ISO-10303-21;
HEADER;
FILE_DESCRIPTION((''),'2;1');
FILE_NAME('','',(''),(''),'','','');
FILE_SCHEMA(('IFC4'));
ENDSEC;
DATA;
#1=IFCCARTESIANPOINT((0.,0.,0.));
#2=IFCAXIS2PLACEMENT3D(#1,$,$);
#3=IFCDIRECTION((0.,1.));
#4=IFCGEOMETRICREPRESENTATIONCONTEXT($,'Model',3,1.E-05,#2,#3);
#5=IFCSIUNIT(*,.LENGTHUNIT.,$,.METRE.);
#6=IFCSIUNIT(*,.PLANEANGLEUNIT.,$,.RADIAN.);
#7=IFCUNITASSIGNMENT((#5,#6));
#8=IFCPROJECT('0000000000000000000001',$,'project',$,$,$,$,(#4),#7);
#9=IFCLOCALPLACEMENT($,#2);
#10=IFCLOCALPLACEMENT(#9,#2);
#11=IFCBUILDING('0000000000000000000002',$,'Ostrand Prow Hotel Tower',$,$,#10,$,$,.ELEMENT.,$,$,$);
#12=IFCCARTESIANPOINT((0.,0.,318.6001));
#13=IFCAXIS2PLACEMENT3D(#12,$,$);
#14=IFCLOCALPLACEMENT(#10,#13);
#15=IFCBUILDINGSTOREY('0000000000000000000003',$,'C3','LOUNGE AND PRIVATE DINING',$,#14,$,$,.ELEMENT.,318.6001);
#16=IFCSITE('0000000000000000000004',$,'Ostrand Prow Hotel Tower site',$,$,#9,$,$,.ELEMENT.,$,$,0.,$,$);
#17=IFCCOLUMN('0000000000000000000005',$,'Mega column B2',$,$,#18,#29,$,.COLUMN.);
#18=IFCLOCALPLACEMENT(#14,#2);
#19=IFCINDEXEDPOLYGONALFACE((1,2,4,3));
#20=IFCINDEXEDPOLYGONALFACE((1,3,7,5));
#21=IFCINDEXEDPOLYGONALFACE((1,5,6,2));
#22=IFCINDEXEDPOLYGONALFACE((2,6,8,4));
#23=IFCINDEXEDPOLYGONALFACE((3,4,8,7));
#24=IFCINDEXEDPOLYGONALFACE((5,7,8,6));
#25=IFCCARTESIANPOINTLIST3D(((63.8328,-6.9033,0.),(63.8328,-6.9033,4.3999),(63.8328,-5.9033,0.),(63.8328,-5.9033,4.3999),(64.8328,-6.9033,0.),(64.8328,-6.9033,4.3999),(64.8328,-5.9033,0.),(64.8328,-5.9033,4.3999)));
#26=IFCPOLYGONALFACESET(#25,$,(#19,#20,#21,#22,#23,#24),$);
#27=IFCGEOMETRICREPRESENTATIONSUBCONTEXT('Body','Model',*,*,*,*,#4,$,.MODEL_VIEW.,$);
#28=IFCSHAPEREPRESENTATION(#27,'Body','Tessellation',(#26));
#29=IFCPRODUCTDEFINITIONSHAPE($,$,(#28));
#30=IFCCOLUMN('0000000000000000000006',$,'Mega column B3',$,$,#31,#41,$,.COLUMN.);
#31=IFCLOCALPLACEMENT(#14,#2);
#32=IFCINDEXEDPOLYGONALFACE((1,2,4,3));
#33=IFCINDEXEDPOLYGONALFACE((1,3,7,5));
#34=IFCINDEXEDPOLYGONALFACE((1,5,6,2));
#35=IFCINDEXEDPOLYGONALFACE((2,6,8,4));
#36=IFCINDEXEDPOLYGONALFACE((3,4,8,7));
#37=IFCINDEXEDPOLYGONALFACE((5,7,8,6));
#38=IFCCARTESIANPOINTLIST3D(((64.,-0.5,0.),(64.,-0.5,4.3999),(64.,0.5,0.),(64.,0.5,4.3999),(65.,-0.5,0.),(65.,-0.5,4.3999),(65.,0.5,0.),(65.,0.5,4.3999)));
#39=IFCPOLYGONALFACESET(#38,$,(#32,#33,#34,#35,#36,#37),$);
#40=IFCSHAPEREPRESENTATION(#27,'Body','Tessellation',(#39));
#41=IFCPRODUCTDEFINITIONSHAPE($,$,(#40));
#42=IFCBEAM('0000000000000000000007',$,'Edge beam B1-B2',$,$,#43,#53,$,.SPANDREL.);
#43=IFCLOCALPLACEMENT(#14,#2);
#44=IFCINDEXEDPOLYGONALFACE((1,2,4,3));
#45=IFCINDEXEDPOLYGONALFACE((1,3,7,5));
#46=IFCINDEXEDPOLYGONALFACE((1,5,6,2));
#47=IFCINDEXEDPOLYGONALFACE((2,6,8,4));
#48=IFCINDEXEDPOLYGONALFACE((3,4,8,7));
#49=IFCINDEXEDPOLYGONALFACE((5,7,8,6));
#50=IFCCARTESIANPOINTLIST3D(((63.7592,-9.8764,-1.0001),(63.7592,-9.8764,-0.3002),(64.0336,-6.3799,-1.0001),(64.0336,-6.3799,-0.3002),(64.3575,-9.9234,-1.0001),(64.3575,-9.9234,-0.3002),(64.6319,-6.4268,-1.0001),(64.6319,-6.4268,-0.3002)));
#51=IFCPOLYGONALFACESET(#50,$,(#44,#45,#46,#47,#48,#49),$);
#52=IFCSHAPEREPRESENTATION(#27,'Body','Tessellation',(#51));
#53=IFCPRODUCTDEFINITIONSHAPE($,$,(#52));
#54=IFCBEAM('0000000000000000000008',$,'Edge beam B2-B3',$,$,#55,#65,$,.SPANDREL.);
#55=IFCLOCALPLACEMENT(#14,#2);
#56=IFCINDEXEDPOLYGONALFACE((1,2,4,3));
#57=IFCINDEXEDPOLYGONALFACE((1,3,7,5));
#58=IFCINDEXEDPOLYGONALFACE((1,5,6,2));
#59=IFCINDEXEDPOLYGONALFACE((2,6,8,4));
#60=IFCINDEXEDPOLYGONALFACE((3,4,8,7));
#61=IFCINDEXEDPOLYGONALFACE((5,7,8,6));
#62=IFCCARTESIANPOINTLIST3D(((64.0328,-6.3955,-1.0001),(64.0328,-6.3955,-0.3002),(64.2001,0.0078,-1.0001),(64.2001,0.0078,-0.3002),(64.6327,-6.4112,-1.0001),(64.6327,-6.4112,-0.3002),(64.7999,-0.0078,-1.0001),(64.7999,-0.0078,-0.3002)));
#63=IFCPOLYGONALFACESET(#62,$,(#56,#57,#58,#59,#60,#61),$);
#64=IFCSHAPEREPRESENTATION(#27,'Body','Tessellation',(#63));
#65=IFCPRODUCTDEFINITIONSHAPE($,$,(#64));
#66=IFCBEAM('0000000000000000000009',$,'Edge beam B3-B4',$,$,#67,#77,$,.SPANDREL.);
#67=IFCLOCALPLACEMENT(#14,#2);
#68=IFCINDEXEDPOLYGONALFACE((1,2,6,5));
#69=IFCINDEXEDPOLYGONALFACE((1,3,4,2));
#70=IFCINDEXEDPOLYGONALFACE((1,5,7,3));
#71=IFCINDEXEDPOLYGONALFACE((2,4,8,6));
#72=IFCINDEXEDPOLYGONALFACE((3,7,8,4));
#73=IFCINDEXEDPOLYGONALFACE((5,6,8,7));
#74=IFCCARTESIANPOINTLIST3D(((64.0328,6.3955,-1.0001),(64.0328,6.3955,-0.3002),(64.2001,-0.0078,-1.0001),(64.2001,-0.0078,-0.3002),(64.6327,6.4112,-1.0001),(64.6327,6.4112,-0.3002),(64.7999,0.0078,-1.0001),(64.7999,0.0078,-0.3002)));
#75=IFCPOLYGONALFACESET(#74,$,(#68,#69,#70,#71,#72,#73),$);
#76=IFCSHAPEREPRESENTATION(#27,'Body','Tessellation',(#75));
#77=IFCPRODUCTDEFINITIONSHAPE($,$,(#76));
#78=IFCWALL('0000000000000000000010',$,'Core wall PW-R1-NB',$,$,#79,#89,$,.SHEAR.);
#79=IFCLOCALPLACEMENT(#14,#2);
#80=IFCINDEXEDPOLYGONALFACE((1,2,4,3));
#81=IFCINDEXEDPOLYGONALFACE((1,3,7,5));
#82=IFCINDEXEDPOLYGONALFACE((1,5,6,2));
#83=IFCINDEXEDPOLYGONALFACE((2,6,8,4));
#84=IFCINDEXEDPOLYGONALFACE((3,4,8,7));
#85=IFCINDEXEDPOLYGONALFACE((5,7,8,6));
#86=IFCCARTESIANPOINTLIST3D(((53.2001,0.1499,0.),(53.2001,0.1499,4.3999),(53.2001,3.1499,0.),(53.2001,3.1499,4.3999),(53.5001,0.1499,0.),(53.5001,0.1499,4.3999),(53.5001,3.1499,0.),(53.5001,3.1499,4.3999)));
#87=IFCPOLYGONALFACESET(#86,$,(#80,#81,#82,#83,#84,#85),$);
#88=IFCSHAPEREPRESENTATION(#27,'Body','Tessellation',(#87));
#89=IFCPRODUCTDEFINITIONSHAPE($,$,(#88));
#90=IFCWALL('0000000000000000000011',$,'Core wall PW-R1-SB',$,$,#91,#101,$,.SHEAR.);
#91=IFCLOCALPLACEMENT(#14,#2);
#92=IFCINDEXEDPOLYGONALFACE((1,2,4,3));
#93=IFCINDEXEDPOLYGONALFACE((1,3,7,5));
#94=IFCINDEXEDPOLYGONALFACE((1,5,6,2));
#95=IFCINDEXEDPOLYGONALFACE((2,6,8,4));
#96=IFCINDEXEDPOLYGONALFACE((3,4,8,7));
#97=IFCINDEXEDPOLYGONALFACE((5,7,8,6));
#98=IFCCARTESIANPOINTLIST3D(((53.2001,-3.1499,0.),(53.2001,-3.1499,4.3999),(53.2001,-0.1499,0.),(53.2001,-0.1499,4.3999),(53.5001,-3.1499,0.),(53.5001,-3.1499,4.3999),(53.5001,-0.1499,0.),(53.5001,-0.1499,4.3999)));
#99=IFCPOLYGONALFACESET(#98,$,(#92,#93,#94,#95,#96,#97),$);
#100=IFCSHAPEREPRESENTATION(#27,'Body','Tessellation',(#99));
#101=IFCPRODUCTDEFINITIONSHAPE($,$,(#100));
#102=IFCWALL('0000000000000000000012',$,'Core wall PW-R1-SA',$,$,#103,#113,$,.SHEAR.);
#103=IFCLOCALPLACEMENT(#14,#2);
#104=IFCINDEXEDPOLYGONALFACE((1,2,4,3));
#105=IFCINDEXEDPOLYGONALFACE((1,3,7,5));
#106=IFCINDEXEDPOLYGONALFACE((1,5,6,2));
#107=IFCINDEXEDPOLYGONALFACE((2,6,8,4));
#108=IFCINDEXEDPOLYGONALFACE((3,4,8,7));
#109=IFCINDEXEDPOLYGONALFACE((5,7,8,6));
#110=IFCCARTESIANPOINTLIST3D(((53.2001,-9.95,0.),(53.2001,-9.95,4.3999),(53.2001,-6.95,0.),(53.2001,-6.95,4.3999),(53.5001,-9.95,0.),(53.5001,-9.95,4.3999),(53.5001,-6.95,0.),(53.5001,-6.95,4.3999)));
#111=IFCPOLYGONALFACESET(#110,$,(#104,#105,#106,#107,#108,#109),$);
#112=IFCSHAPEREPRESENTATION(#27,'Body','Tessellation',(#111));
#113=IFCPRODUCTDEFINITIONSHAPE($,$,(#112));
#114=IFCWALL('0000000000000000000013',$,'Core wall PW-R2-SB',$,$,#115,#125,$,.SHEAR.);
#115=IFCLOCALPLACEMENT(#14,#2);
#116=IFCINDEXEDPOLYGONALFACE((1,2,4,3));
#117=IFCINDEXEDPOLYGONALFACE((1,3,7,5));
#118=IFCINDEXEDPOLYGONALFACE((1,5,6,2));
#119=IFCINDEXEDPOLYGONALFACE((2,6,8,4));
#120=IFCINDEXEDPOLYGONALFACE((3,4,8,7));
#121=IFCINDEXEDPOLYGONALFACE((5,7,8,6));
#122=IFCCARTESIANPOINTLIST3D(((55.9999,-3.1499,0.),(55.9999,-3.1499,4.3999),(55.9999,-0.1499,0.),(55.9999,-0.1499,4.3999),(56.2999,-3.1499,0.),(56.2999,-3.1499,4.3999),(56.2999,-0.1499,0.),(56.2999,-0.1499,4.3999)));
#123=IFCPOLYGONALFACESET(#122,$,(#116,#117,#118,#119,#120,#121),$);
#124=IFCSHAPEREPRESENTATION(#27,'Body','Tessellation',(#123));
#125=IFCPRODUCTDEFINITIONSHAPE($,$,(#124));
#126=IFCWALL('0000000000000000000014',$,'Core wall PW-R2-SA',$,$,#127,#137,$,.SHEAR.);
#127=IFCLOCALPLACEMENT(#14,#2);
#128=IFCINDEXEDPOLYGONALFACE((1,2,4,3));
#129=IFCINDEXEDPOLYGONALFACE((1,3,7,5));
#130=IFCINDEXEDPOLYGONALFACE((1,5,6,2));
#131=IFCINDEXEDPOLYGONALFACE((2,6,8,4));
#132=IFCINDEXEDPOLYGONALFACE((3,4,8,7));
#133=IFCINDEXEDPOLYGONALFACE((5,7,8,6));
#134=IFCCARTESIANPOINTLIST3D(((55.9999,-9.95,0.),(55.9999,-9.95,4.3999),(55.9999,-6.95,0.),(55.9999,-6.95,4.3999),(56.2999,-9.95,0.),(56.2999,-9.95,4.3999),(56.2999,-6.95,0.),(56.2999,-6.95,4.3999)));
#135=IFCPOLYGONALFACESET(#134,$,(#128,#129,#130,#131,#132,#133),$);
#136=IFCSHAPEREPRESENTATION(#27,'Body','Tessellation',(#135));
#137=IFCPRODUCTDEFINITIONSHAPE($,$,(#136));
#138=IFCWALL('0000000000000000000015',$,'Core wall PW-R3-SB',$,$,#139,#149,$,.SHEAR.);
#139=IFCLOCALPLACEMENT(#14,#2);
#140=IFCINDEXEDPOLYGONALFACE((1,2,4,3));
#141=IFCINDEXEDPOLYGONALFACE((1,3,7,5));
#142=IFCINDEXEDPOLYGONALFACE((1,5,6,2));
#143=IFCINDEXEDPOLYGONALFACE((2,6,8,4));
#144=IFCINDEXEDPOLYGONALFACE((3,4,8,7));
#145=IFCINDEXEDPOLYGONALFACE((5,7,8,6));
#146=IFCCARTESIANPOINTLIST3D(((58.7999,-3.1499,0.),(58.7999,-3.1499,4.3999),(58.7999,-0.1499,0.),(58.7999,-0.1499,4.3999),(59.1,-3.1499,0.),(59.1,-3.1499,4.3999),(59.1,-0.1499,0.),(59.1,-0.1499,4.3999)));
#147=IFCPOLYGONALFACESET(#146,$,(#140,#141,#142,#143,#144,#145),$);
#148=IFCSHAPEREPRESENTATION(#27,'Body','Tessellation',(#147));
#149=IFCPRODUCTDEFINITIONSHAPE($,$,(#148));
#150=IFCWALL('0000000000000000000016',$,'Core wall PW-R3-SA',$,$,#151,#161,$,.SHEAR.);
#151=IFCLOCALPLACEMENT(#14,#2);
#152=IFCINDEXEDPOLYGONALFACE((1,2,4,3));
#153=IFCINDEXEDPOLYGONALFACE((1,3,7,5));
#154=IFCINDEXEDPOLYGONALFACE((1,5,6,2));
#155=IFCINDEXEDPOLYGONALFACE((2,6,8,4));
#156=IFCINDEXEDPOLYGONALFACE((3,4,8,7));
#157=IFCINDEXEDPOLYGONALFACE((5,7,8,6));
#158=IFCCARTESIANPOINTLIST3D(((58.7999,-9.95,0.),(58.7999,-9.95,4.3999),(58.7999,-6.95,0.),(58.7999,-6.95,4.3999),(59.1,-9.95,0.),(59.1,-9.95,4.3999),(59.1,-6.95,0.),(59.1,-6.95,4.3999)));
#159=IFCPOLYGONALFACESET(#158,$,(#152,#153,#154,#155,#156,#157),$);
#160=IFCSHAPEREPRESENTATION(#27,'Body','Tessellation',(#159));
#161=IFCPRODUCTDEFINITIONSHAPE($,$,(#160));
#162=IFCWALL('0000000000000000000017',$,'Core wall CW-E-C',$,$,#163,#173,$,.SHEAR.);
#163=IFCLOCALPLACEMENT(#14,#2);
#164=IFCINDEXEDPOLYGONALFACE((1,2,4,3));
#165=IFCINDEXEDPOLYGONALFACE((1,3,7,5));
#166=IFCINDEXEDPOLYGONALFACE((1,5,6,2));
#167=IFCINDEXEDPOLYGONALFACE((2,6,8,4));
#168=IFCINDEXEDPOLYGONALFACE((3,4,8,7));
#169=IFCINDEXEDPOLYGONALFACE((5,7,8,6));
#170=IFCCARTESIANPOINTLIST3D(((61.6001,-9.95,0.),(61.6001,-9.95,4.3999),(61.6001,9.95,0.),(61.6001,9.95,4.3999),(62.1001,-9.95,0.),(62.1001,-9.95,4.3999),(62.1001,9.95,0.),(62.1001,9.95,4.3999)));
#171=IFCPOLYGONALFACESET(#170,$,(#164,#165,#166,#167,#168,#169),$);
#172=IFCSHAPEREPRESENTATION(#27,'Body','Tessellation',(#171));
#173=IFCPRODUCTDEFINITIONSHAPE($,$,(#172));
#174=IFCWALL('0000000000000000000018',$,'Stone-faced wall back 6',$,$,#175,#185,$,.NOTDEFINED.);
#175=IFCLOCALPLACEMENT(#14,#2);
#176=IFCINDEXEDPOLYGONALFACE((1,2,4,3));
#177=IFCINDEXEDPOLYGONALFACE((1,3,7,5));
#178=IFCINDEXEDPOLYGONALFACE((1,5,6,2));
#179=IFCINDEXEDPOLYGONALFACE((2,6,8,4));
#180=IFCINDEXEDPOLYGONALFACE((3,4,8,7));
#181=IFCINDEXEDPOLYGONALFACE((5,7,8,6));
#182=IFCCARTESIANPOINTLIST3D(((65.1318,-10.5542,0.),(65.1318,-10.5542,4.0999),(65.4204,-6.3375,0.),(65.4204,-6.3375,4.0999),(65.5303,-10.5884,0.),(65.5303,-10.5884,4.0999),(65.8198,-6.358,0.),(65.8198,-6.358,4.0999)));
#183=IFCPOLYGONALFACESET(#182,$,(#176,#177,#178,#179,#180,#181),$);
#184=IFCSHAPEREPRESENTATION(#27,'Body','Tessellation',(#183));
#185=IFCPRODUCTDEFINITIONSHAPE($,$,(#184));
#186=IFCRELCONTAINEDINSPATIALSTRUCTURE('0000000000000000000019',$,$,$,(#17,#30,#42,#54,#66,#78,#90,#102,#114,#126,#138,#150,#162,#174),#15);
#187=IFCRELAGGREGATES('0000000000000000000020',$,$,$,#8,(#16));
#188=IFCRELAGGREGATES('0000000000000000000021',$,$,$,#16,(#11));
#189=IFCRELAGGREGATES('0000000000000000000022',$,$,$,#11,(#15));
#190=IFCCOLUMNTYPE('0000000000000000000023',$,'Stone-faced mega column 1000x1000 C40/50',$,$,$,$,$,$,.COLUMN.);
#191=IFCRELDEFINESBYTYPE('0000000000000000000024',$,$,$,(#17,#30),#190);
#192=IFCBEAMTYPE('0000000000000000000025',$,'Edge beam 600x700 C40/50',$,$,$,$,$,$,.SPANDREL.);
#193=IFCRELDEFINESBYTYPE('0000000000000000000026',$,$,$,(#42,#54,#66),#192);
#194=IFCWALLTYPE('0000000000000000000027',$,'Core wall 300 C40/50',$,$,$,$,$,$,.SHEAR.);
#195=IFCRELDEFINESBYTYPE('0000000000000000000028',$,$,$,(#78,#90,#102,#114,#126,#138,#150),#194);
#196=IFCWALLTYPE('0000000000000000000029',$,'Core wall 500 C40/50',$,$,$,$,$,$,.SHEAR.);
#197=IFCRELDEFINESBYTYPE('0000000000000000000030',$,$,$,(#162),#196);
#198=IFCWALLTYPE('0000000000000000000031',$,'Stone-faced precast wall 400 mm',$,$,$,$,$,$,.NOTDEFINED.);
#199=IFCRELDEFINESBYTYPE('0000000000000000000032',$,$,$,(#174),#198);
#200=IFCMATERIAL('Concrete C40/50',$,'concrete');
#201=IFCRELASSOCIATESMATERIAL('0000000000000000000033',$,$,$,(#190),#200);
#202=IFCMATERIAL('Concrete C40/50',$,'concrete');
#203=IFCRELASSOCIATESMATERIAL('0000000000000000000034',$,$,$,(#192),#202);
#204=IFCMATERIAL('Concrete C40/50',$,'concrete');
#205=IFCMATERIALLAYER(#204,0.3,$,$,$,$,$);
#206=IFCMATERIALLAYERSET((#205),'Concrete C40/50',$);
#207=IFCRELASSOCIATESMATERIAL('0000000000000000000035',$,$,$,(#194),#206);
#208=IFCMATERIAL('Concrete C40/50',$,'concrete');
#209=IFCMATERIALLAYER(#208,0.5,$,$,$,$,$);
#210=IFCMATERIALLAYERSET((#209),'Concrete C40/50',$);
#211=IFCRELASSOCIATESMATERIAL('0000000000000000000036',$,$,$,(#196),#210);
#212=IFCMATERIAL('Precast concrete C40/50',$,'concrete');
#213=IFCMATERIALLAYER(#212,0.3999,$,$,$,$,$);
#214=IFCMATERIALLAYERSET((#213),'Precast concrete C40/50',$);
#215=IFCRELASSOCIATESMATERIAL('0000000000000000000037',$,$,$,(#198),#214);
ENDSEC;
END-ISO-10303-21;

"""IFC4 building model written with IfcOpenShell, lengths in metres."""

from ifc_helpers import new_model, si_unit, direction, frame, frame_2d, origin, origin_2d, place, context, subcontext, project, spatial, polyline, rectangle, outline, extrude, material, layer, layer_set, material_profile, profile_set, type_object, element, save


model = new_model("IFC4")

# Units and contexts
model_context = context("Model", 3, precision=1e-05, world=origin(), true_north=direction((0.0, 1.0)))
body_context = subcontext(model_context, "Body", "Model", "MODEL_VIEW")
ifc_project = project(units=[si_unit("LENGTHUNIT", "METRE"), si_unit("PLANEANGLEUNIT", "RADIAN")], contexts=[model_context])

# Site, building, storey
site_placement = place(None, origin())
site = spatial("IfcSite", under=ifc_project, at=site_placement, Name="Ostrand Prow Hotel Tower site", CompositionType="ELEMENT", RefElevation=0.0)
building_placement = place(site_placement, origin())
building = spatial("IfcBuilding", under=site, at=building_placement, Name="Ostrand Prow Hotel Tower", CompositionType="ELEMENT")
storey_placement = place(building_placement, frame((0.0, 0.0, 318.6001)))
storey = spatial("IfcBuildingStorey", under=building, at=storey_placement, Name="C3", Description="LOUNGE AND PRIVATE DINING", CompositionType="ELEMENT", Elevation=318.6001)

# Columns
ifc_material_1 = material(Name="Concrete C40/50", Category="concrete")
ifc_material_profile_1 = material_profile(ifc_material_1, rectangle(XDim=1.0, YDim=1.0, at=origin_2d()), Name="RC 1000x1000")
ifc_profile_set_1 = profile_set([ifc_material_profile_1], Name="Concrete C40/50")
column_type = type_object("IfcColumnType", Name="Stone-faced mega column 1000x1000 C40/50", PredefinedType="COLUMN", material=ifc_profile_set_1)
for number, where, z_axis, x_axis, name in (
    (1, (64.3328, -6.4033, 0.0), (0.0, 0.0, 1.0), (1.0, 0.0, 0.0), "Mega column B2"),
    (2, (64.5, 0.0, 0.0), (0.0, 0.0, 1.0), (1.0, 0.0, 0.0), "Mega column B3"),
):
    element("IfcColumn", number, at=place(storey_placement, frame(where, z_axis=z_axis, x_axis=x_axis)), inside=storey, type_object=column_type, Name=name, PredefinedType="COLUMN", context=body_context, shape_type="SweptSolid", body=[
        extrude(rectangle(XDim=1.0, YDim=1.0, at=origin_2d()), origin(), (0.0, 0.0, 1.0), 4.3999),
    ])

# Beams
ifc_material_2 = material(Name="Concrete C40/50", Category="concrete")
ifc_material_profile_2 = material_profile(ifc_material_2, rectangle(XDim=0.6001, YDim=0.7, at=origin_2d()), Name="RC 600x700")
ifc_profile_set_2 = profile_set([ifc_material_profile_2], Name="Concrete C40/50")
beam_type = type_object("IfcBeamType", Name="Edge beam 600x700 C40/50", PredefinedType="SPANDREL", material=ifc_profile_set_2)
beam_placement = place(storey_placement, frame((64.0583, -9.8999, -0.6501), z_axis=(0.07824, 0.996935, 0.0), x_axis=(-0.996935, 0.07824, 0.0)))
element("IfcBeam", 3, at=beam_placement, inside=storey, type_object=beam_type, Name="Edge beam B1-B2", PredefinedType="SPANDREL", context=body_context, shape_type="SweptSolid", body=[
    extrude(rectangle(XDim=0.6001, YDim=0.7, at=origin_2d()), origin(), (0.0, 0.0, 1.0), 3.5073),
])
for number, where, z_axis, x_axis, name in (
    (4, (64.3328, -6.4033, -0.6501), (0.026108, 0.999659, 0.0), (-0.999659, 0.026108, 0.0), "Edge beam B2-B3"),
    (5, (64.5, 0.0, -0.6501), (-0.026108, 0.999659, 0.0), (-0.999659, -0.026108, 0.0), "Edge beam B3-B4"),
):
    element("IfcBeam", number, at=place(storey_placement, frame(where, z_axis=z_axis, x_axis=x_axis)), inside=storey, type_object=beam_type, Name=name, PredefinedType="SPANDREL", context=body_context, shape_type="SweptSolid", body=[
        extrude(rectangle(XDim=0.6001, YDim=0.7, at=origin_2d()), origin(), (0.0, 0.0, 1.0), 6.4055),
    ])

# Walls
ifc_material_3 = material(Name="Concrete C40/50", Category="concrete")
ifc_layer_1 = layer(ifc_material_3, 0.3)
ifc_layer_set_1 = layer_set([ifc_layer_1], Name="Concrete C40/50")
wall_type_1 = type_object("IfcWallType", Name="Core wall 300 C40/50", PredefinedType="SHEAR", material=ifc_layer_set_1)
for number, where, z_axis, x_axis, name in (
    (6, (53.3501, 0.1499, 0.0), (0.0, 0.0, 1.0), (0.0, 1.0, 0.0), "Core wall PW-R1-NB"),
    (7, (53.3501, -3.1499, 0.0), (0.0, 0.0, 1.0), (0.0, 1.0, 0.0), "Core wall PW-R1-SB"),
    (8, (53.3501, -9.95, 0.0), (0.0, 0.0, 1.0), (0.0, 1.0, 0.0), "Core wall PW-R1-SA"),
    (9, (56.1499, -3.1499, 0.0), (0.0, 0.0, 1.0), (0.0, 1.0, 0.0), "Core wall PW-R2-SB"),
    (10, (56.1499, -9.95, 0.0), (0.0, 0.0, 1.0), (0.0, 1.0, 0.0), "Core wall PW-R2-SA"),
    (11, (58.95, -3.1499, 0.0), (0.0, 0.0, 1.0), (0.0, 1.0, 0.0), "Core wall PW-R3-SB"),
    (12, (58.95, -9.95, 0.0), (0.0, 0.0, 1.0), (0.0, 1.0, 0.0), "Core wall PW-R3-SA"),
):
    element("IfcWall", number, at=place(storey_placement, frame(where, z_axis=z_axis, x_axis=x_axis)), inside=storey, type_object=wall_type_1, Name=name, PredefinedType="SHEAR", context=body_context, shape_type="SweptSolid", body=[
        extrude(rectangle(XDim=3.0, YDim=0.3, at=frame_2d((1.5, 0.0))), origin(), (0.0, 0.0, 1.0), 4.3999),
    ])
ifc_material_4 = material(Name="Concrete C40/50", Category="concrete")
ifc_layer_2 = layer(ifc_material_4, 0.5)
ifc_layer_set_2 = layer_set([ifc_layer_2], Name="Concrete C40/50")
wall_type_2 = type_object("IfcWallType", Name="Core wall 500 C40/50", PredefinedType="SHEAR", material=ifc_layer_set_2)
wall_1_placement = place(storey_placement, frame((61.8501, -9.95, 0.0), z_axis=(0.0, 0.0, 1.0), x_axis=(0.0, 1.0, 0.0)))
element("IfcWall", 13, at=wall_1_placement, inside=storey, type_object=wall_type_2, Name="Core wall CW-E-C", PredefinedType="SHEAR", context=body_context, shape_type="SweptSolid", body=[
    extrude(rectangle(XDim=19.8999, YDim=0.5, at=frame_2d((9.95, 0.0))), origin(), (0.0, 0.0, 1.0), 4.3999),
])
ifc_material_5 = material(Name="Precast concrete C40/50", Category="concrete")
ifc_layer_3 = layer(ifc_material_5, 0.3999)
ifc_layer_set_3 = layer_set([ifc_layer_3], Name="Precast concrete C40/50")
wall_type_3 = type_object("IfcWallType", Name="Stone-faced precast wall 400 mm", PredefinedType="NOTDEFINED", material=ifc_layer_set_3)
wall_2_placement = place(storey_placement, frame((65.3311, -10.5713, 0.0), z_axis=(0.0, 0.0, 1.0), x_axis=(0.06828, 0.997666, 0.0)))
element("IfcWall", 14, at=wall_2_placement, inside=storey, type_object=wall_type_3, Name="Stone-faced wall back 6", PredefinedType="NOTDEFINED", context=body_context, shape_type="SweptSolid", body=[
    extrude(outline(polyline([(-0.0034, -0.2), (4.2368, -0.2), (4.23, 0.2), (0.0034, 0.2), (-0.0034, -0.2)])), origin(), (0.0, 0.0, 1.0), 4.0999),
])

save(model, "model.ifc")
